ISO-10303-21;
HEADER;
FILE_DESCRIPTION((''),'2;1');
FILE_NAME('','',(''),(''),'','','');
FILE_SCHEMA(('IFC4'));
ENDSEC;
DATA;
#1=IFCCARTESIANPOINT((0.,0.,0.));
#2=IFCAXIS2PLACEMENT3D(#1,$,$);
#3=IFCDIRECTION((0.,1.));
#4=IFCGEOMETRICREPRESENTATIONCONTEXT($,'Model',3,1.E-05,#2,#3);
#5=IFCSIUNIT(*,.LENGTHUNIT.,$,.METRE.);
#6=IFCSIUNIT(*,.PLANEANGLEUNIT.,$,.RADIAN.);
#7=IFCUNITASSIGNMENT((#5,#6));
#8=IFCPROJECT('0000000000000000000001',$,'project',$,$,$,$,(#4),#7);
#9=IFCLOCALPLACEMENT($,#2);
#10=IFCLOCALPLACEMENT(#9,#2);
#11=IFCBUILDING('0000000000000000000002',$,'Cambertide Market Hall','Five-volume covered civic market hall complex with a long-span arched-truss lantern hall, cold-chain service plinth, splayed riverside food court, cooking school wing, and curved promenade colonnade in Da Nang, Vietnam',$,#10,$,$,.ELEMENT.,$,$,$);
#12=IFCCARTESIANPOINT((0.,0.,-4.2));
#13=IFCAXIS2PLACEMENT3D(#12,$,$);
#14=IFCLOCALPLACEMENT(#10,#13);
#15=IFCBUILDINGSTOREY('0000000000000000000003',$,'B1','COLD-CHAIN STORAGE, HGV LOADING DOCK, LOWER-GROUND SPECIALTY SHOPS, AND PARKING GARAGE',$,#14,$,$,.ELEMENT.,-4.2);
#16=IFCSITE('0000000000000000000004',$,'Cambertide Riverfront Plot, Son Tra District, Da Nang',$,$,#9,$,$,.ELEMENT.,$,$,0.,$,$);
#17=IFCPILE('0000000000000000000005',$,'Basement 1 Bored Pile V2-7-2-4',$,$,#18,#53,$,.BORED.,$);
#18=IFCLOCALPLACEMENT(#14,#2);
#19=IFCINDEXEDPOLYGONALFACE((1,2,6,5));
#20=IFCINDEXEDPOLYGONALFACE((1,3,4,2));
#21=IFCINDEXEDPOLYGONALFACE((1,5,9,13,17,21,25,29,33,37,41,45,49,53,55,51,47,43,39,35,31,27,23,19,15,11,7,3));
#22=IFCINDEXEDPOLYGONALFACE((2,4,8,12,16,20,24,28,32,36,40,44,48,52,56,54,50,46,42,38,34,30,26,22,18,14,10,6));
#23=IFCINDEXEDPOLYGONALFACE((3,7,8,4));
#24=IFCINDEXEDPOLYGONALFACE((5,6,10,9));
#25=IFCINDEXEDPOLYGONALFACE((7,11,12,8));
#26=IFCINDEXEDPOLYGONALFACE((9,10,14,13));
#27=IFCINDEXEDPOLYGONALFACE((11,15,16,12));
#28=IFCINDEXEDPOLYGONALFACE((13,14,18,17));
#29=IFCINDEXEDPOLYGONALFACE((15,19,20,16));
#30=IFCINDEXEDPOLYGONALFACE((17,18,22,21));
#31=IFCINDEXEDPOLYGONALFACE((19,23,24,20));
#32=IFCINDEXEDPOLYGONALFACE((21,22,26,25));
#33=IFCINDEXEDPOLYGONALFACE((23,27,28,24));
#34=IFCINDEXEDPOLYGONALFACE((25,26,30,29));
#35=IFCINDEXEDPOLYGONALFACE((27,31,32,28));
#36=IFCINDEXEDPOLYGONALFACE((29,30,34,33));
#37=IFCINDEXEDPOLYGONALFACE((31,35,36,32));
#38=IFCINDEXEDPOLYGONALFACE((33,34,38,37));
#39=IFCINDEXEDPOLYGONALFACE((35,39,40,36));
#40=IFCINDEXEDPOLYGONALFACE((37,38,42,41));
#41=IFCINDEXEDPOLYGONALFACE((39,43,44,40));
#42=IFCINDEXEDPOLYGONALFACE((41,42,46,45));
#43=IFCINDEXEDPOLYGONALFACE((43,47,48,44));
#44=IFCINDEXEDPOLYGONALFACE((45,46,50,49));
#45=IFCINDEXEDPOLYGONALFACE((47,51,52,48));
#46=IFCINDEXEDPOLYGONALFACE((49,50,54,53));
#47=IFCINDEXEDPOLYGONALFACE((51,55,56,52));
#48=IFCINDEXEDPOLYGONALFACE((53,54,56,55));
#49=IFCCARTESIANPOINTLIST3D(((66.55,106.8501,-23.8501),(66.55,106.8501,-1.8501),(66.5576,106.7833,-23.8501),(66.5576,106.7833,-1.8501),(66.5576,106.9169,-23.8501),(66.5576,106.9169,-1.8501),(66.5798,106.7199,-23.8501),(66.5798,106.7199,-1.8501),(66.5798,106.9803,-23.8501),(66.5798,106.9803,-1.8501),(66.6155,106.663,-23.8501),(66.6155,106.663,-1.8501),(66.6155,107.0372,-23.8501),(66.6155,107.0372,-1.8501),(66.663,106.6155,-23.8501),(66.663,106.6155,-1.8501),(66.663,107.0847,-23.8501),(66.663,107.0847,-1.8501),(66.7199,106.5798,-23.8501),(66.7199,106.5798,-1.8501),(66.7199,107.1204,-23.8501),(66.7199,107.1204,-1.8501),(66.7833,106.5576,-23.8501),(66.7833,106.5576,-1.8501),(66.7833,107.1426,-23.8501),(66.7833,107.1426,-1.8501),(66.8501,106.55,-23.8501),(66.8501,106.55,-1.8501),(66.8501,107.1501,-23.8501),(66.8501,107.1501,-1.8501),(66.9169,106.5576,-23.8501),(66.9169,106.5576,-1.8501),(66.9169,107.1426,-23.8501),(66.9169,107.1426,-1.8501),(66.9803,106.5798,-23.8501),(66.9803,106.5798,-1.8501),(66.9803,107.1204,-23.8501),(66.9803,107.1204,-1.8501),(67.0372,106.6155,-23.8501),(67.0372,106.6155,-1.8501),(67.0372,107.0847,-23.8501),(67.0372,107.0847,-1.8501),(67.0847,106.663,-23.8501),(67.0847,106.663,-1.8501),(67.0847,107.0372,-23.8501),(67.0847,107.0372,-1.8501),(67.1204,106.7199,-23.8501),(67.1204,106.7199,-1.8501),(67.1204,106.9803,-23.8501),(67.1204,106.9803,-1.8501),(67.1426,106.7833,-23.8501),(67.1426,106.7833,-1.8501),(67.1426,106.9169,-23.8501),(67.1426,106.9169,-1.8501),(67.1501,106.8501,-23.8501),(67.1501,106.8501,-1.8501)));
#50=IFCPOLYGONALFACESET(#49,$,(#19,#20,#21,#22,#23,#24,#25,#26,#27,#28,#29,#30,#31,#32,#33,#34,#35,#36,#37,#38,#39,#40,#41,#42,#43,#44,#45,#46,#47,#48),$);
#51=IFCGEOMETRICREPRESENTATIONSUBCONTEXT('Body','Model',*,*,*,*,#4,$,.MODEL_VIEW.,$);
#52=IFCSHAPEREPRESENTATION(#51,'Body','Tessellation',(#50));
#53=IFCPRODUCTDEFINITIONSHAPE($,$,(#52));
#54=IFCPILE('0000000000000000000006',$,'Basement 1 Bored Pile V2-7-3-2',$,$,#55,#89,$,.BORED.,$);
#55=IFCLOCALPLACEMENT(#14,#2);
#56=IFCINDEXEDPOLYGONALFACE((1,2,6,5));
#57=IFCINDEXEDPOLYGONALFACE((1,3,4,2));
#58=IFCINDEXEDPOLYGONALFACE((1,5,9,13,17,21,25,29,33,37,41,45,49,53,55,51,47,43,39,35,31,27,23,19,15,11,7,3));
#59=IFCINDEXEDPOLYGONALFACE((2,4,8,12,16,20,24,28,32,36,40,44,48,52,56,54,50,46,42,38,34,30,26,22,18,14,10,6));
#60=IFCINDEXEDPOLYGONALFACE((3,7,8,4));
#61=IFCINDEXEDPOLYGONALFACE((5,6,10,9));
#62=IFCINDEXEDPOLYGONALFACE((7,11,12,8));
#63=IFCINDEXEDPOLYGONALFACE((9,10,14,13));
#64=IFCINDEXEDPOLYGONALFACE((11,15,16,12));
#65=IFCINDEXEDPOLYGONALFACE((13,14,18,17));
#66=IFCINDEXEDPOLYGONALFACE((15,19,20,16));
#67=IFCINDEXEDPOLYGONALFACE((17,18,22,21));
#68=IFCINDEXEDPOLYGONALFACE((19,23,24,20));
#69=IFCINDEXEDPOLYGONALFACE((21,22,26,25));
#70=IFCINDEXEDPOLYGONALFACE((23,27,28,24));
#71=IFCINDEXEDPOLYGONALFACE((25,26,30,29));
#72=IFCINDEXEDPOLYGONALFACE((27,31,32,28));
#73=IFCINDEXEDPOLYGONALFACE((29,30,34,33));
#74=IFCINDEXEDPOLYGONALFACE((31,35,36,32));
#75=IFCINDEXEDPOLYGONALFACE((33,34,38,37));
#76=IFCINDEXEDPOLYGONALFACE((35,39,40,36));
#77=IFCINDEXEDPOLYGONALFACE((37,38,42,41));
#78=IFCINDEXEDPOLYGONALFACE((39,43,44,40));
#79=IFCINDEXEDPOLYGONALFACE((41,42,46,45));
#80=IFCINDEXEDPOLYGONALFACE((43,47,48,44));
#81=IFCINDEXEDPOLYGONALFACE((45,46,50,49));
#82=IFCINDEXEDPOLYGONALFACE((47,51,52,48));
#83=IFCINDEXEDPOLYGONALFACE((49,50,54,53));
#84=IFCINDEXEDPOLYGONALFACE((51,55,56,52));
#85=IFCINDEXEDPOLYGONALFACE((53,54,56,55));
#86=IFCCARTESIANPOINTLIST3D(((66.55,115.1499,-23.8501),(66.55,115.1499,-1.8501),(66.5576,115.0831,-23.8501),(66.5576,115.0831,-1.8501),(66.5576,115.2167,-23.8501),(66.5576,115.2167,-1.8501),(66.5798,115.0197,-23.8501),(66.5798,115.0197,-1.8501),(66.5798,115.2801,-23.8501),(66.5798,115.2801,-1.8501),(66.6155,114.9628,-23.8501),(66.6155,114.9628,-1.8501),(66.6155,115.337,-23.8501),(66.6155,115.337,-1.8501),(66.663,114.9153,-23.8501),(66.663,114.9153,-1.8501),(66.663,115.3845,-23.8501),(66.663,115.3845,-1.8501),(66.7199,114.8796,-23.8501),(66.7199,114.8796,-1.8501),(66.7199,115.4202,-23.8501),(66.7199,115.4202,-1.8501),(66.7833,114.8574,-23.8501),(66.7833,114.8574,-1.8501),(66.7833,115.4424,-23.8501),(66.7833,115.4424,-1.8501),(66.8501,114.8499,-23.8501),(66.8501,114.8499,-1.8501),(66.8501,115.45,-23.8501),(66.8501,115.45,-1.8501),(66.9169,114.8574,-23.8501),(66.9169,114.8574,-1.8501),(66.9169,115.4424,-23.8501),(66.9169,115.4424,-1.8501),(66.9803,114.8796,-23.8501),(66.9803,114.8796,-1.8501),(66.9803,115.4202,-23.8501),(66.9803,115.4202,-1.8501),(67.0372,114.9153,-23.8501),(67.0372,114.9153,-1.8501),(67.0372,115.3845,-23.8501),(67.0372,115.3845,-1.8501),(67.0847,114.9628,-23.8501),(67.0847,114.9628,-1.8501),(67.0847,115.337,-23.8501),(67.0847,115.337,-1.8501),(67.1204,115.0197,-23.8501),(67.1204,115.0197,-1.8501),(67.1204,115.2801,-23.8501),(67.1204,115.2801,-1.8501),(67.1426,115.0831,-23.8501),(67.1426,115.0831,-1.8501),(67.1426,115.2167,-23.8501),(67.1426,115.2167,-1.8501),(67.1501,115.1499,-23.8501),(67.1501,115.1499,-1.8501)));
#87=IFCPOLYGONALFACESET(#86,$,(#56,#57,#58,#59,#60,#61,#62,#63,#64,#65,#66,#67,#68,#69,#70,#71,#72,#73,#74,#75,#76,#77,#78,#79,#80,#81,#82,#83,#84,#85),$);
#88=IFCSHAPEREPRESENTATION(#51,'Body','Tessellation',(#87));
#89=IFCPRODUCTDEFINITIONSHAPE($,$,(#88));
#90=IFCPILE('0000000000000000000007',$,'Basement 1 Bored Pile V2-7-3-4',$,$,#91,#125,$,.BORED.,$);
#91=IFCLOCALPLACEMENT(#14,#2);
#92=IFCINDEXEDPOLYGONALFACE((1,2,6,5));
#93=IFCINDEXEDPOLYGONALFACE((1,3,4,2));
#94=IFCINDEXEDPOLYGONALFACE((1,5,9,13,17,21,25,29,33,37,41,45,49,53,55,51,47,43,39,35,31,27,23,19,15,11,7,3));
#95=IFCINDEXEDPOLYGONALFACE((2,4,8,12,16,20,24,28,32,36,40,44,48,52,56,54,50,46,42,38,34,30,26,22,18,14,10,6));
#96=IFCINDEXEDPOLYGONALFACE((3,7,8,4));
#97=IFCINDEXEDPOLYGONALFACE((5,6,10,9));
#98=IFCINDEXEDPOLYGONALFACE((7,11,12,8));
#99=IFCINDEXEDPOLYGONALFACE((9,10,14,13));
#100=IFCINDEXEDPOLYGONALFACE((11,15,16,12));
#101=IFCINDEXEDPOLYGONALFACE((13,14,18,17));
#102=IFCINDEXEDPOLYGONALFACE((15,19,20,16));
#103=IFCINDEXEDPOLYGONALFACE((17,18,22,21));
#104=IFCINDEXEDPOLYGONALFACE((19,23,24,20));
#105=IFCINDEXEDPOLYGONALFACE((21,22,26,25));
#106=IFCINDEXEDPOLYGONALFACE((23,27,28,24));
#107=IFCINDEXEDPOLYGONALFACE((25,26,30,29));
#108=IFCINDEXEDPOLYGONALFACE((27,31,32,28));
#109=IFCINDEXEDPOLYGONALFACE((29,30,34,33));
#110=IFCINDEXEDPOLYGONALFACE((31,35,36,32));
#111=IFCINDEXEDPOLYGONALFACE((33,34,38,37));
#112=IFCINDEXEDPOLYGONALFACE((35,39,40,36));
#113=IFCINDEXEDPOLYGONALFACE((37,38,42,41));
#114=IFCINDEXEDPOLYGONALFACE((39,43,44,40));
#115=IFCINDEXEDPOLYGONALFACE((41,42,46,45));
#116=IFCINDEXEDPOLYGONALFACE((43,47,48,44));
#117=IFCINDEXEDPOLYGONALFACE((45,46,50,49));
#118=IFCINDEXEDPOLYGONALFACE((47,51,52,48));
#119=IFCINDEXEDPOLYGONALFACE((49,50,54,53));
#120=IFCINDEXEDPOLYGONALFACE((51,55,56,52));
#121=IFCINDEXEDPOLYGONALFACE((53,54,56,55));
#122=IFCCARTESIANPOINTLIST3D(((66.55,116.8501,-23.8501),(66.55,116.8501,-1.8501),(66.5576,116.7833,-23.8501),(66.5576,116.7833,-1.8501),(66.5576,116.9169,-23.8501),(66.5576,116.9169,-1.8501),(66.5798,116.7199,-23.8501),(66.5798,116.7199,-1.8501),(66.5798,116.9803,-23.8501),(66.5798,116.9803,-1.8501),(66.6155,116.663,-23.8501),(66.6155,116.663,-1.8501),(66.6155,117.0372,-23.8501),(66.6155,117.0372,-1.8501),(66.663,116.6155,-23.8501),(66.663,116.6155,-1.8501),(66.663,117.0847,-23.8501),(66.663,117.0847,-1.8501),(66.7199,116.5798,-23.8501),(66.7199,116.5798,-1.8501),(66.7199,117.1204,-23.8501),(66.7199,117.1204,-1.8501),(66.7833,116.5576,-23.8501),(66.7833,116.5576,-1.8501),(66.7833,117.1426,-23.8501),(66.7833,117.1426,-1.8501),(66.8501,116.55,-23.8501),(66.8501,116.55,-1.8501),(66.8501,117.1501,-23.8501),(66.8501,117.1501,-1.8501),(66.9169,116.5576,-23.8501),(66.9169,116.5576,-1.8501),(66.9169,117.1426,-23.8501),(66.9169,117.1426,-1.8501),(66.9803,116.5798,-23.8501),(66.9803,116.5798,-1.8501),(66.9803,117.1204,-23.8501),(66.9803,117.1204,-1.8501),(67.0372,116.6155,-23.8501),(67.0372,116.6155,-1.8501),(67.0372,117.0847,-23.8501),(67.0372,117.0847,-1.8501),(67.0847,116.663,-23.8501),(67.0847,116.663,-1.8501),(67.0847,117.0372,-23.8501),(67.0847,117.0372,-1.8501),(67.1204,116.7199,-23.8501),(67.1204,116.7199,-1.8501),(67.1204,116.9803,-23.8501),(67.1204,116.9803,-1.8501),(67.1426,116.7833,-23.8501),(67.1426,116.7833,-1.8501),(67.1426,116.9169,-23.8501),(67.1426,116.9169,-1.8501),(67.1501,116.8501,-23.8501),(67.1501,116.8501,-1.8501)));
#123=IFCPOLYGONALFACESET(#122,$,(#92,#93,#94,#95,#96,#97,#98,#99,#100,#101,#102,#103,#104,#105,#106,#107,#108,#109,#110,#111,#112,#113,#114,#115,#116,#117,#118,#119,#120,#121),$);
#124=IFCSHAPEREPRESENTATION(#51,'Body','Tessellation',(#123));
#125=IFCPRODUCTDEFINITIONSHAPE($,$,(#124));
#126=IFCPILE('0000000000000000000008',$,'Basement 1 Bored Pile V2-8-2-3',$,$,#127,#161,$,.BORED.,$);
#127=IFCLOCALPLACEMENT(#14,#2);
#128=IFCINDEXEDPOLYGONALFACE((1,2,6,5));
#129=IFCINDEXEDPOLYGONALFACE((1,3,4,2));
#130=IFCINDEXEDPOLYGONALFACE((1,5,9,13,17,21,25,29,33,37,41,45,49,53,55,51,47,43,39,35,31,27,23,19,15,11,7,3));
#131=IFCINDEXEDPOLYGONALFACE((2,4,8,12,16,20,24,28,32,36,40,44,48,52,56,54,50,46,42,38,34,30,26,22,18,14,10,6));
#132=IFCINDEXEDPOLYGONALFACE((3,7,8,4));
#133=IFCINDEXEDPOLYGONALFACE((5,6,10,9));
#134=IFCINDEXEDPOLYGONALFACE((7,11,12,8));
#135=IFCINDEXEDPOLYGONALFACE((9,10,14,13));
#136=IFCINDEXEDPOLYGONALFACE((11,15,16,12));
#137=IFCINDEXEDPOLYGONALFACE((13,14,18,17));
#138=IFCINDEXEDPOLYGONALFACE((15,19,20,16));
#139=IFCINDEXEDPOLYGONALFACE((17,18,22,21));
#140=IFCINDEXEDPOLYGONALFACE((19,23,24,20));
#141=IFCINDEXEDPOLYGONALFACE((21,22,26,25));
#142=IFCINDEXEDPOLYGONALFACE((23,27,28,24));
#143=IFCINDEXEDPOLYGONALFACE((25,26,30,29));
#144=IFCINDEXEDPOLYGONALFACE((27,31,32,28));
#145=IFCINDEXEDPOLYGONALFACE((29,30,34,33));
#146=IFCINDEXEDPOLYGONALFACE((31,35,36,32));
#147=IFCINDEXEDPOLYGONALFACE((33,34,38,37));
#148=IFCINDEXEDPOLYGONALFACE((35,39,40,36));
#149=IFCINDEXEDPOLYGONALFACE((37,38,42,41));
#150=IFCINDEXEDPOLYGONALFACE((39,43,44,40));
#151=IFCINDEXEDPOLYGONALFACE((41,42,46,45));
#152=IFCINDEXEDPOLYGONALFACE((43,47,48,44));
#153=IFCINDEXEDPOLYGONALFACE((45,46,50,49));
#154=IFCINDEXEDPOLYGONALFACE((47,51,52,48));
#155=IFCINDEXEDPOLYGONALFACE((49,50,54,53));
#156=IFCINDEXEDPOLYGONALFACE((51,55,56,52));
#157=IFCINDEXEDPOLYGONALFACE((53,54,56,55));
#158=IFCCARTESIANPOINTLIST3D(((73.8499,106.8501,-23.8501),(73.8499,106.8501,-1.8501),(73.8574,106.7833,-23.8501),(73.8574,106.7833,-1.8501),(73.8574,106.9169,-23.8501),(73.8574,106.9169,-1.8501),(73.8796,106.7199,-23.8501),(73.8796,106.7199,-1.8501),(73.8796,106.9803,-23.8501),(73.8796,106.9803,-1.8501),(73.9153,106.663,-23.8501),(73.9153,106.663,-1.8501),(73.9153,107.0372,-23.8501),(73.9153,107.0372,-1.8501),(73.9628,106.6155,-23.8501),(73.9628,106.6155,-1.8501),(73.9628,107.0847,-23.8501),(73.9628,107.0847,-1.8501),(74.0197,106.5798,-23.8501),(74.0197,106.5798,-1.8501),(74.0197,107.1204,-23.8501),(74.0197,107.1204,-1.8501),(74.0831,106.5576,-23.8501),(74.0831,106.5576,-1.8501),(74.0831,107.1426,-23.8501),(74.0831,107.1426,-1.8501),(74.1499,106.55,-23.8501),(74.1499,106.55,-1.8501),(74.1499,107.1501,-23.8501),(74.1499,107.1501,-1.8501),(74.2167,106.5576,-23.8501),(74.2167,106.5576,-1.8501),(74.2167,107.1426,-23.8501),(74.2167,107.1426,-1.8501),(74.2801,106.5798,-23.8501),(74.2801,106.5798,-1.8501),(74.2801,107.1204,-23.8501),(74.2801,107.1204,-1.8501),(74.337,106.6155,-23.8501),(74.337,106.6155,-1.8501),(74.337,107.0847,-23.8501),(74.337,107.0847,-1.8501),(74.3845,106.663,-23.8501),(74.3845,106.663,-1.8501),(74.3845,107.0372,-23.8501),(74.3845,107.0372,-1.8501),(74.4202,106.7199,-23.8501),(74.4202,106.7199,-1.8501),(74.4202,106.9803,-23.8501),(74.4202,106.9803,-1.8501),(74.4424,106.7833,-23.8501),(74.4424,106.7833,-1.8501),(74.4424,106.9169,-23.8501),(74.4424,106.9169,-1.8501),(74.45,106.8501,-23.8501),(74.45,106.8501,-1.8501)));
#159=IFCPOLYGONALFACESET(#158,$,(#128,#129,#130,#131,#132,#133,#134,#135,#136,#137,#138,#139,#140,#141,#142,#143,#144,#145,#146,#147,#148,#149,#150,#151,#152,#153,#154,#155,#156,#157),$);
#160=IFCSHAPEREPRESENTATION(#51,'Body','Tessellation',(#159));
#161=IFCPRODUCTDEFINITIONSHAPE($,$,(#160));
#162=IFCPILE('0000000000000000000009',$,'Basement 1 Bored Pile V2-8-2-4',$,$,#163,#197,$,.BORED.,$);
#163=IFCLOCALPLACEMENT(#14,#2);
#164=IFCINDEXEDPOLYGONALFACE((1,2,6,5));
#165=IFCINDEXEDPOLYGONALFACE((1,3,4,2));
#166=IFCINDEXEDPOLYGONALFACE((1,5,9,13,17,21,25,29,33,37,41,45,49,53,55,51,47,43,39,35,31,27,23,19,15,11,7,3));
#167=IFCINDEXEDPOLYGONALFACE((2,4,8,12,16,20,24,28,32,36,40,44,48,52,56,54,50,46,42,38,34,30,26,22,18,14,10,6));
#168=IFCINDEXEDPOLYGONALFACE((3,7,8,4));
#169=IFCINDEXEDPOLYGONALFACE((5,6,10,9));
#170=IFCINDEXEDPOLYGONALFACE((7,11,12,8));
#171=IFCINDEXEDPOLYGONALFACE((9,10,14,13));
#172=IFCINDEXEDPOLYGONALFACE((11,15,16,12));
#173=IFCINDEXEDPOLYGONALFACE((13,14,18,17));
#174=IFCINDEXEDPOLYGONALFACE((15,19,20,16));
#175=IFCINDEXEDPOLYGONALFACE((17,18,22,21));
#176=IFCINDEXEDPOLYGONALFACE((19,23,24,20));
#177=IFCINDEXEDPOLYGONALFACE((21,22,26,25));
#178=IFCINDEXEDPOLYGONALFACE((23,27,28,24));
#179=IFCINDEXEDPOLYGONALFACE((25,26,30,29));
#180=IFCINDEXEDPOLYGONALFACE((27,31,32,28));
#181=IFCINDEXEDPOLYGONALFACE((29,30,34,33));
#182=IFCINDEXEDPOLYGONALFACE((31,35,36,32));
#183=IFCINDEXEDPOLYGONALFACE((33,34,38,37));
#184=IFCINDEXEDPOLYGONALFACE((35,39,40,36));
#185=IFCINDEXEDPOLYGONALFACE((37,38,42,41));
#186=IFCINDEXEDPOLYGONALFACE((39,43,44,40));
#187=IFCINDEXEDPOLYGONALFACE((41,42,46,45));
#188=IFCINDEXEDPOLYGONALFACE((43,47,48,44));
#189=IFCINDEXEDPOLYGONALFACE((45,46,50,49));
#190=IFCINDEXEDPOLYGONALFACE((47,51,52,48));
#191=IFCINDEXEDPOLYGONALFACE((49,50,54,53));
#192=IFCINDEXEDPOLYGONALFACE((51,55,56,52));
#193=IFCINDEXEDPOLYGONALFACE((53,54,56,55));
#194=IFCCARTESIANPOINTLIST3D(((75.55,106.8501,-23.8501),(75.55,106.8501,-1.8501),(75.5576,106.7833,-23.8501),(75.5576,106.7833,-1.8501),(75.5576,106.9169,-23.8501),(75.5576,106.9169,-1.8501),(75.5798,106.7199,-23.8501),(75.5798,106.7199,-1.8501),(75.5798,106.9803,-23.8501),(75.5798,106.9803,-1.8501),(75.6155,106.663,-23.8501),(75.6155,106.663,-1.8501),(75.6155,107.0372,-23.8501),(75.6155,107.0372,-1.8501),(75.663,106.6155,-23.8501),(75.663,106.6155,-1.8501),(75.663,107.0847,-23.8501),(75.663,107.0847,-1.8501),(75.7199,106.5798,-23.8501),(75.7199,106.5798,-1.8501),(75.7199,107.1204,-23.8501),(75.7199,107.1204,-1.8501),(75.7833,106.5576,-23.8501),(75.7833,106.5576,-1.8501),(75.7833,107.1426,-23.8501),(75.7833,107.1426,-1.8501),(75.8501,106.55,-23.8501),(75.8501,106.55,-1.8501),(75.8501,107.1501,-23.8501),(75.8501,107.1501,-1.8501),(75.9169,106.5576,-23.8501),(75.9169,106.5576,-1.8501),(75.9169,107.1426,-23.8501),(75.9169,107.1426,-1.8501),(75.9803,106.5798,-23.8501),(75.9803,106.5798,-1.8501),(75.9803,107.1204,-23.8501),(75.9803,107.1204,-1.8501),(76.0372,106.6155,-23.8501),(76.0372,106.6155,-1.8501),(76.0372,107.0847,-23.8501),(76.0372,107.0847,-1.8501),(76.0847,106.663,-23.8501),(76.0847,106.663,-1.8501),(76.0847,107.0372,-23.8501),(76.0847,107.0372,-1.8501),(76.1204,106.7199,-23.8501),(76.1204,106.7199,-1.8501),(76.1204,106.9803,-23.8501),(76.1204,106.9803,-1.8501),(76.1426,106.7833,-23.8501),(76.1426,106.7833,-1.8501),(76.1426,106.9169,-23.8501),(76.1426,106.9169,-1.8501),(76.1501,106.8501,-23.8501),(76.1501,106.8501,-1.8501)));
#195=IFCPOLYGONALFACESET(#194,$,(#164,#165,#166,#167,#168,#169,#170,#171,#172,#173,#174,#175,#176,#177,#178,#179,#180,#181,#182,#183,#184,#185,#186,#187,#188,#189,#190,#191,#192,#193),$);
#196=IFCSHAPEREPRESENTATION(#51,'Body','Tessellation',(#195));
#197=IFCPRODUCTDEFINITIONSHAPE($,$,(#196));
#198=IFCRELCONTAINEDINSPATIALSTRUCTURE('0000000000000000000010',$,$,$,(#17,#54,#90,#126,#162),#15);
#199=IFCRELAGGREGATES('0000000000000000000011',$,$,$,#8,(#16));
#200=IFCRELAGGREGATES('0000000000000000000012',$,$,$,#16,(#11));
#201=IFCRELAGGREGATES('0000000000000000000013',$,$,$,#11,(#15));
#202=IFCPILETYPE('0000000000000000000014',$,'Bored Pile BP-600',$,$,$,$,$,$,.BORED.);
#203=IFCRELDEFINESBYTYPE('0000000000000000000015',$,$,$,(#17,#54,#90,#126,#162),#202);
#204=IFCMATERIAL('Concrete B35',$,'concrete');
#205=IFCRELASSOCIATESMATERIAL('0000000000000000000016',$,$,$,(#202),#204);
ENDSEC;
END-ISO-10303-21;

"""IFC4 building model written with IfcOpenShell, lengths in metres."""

from ifc_helpers import new_model, si_unit, direction, frame, origin, origin_2d, place, context, subcontext, project, spatial, circle, extrude, material, material_profile, profile_set, type_object, element, save


model = new_model("IFC4")

# Units and contexts
model_context = context("Model", 3, precision=1e-05, world=origin(), true_north=direction((0.0, 1.0)))
body_context = subcontext(model_context, "Body", "Model", "MODEL_VIEW")
ifc_project = project(units=[si_unit("LENGTHUNIT", "METRE"), si_unit("PLANEANGLEUNIT", "RADIAN")], contexts=[model_context])

# Site, building, storey
site_placement = place(None, origin())
site = spatial("IfcSite", under=ifc_project, at=site_placement, Name="Cambertide Riverfront Plot, Son Tra District, Da Nang", CompositionType="ELEMENT", RefElevation=0.0)
building_placement = place(site_placement, origin())
building = spatial("IfcBuilding", under=site, at=building_placement, Name="Cambertide Market Hall", Description="Five-volume covered civic market hall complex with a long-span arched-truss lantern hall, cold-chain service plinth, splayed riverside food court, cooking school wing, and curved promenade colonnade in Da Nang, Vietnam", CompositionType="ELEMENT")
storey_placement = place(building_placement, frame((0.0, 0.0, -4.2)))
storey = spatial("IfcBuildingStorey", under=building, at=storey_placement, Name="B1", Description="COLD-CHAIN STORAGE, HGV LOADING DOCK, LOWER-GROUND SPECIALTY SHOPS, AND PARKING GARAGE", CompositionType="ELEMENT", Elevation=-4.2)

# Piles
ifc_material_1 = material(Name="Concrete B35", Category="concrete")
ifc_material_profile_1 = material_profile(ifc_material_1, circle(Radius=0.3, at=origin_2d()), Name="BP D600")
ifc_profile_set_1 = profile_set([ifc_material_profile_1], Name="Concrete B35")
pile_type = type_object("IfcPileType", Name="Bored Pile BP-600", PredefinedType="BORED", material=ifc_profile_set_1)
for number, where, z_axis, x_axis, name in (
    (1, (66.8501, 106.8501, -1.8501), (0.0, 0.0, -1.0), (1.0, 0.0, 0.0), "Basement 1 Bored Pile V2-7-2-4"),
    (2, (66.8501, 115.1499, -1.8501), (0.0, 0.0, -1.0), (1.0, 0.0, 0.0), "Basement 1 Bored Pile V2-7-3-2"),
    (3, (66.8501, 116.8501, -1.8501), (0.0, 0.0, -1.0), (1.0, 0.0, 0.0), "Basement 1 Bored Pile V2-7-3-4"),
    (4, (74.1499, 106.8501, -1.8501), (0.0, 0.0, -1.0), (1.0, 0.0, 0.0), "Basement 1 Bored Pile V2-8-2-3"),
    (5, (75.8501, 106.8501, -1.8501), (0.0, 0.0, -1.0), (1.0, 0.0, 0.0), "Basement 1 Bored Pile V2-8-2-4"),
):
    element("IfcPile", number, at=place(storey_placement, frame(where, z_axis=z_axis, x_axis=x_axis)), inside=storey, type_object=pile_type, Name=name, PredefinedType="BORED", context=body_context, shape_type="SweptSolid", body=[
        extrude(circle(Radius=0.3, at=origin_2d()), origin(), (0.0, 0.0, 1.0), 22.0),
    ])

save(model, "model.ifc")
